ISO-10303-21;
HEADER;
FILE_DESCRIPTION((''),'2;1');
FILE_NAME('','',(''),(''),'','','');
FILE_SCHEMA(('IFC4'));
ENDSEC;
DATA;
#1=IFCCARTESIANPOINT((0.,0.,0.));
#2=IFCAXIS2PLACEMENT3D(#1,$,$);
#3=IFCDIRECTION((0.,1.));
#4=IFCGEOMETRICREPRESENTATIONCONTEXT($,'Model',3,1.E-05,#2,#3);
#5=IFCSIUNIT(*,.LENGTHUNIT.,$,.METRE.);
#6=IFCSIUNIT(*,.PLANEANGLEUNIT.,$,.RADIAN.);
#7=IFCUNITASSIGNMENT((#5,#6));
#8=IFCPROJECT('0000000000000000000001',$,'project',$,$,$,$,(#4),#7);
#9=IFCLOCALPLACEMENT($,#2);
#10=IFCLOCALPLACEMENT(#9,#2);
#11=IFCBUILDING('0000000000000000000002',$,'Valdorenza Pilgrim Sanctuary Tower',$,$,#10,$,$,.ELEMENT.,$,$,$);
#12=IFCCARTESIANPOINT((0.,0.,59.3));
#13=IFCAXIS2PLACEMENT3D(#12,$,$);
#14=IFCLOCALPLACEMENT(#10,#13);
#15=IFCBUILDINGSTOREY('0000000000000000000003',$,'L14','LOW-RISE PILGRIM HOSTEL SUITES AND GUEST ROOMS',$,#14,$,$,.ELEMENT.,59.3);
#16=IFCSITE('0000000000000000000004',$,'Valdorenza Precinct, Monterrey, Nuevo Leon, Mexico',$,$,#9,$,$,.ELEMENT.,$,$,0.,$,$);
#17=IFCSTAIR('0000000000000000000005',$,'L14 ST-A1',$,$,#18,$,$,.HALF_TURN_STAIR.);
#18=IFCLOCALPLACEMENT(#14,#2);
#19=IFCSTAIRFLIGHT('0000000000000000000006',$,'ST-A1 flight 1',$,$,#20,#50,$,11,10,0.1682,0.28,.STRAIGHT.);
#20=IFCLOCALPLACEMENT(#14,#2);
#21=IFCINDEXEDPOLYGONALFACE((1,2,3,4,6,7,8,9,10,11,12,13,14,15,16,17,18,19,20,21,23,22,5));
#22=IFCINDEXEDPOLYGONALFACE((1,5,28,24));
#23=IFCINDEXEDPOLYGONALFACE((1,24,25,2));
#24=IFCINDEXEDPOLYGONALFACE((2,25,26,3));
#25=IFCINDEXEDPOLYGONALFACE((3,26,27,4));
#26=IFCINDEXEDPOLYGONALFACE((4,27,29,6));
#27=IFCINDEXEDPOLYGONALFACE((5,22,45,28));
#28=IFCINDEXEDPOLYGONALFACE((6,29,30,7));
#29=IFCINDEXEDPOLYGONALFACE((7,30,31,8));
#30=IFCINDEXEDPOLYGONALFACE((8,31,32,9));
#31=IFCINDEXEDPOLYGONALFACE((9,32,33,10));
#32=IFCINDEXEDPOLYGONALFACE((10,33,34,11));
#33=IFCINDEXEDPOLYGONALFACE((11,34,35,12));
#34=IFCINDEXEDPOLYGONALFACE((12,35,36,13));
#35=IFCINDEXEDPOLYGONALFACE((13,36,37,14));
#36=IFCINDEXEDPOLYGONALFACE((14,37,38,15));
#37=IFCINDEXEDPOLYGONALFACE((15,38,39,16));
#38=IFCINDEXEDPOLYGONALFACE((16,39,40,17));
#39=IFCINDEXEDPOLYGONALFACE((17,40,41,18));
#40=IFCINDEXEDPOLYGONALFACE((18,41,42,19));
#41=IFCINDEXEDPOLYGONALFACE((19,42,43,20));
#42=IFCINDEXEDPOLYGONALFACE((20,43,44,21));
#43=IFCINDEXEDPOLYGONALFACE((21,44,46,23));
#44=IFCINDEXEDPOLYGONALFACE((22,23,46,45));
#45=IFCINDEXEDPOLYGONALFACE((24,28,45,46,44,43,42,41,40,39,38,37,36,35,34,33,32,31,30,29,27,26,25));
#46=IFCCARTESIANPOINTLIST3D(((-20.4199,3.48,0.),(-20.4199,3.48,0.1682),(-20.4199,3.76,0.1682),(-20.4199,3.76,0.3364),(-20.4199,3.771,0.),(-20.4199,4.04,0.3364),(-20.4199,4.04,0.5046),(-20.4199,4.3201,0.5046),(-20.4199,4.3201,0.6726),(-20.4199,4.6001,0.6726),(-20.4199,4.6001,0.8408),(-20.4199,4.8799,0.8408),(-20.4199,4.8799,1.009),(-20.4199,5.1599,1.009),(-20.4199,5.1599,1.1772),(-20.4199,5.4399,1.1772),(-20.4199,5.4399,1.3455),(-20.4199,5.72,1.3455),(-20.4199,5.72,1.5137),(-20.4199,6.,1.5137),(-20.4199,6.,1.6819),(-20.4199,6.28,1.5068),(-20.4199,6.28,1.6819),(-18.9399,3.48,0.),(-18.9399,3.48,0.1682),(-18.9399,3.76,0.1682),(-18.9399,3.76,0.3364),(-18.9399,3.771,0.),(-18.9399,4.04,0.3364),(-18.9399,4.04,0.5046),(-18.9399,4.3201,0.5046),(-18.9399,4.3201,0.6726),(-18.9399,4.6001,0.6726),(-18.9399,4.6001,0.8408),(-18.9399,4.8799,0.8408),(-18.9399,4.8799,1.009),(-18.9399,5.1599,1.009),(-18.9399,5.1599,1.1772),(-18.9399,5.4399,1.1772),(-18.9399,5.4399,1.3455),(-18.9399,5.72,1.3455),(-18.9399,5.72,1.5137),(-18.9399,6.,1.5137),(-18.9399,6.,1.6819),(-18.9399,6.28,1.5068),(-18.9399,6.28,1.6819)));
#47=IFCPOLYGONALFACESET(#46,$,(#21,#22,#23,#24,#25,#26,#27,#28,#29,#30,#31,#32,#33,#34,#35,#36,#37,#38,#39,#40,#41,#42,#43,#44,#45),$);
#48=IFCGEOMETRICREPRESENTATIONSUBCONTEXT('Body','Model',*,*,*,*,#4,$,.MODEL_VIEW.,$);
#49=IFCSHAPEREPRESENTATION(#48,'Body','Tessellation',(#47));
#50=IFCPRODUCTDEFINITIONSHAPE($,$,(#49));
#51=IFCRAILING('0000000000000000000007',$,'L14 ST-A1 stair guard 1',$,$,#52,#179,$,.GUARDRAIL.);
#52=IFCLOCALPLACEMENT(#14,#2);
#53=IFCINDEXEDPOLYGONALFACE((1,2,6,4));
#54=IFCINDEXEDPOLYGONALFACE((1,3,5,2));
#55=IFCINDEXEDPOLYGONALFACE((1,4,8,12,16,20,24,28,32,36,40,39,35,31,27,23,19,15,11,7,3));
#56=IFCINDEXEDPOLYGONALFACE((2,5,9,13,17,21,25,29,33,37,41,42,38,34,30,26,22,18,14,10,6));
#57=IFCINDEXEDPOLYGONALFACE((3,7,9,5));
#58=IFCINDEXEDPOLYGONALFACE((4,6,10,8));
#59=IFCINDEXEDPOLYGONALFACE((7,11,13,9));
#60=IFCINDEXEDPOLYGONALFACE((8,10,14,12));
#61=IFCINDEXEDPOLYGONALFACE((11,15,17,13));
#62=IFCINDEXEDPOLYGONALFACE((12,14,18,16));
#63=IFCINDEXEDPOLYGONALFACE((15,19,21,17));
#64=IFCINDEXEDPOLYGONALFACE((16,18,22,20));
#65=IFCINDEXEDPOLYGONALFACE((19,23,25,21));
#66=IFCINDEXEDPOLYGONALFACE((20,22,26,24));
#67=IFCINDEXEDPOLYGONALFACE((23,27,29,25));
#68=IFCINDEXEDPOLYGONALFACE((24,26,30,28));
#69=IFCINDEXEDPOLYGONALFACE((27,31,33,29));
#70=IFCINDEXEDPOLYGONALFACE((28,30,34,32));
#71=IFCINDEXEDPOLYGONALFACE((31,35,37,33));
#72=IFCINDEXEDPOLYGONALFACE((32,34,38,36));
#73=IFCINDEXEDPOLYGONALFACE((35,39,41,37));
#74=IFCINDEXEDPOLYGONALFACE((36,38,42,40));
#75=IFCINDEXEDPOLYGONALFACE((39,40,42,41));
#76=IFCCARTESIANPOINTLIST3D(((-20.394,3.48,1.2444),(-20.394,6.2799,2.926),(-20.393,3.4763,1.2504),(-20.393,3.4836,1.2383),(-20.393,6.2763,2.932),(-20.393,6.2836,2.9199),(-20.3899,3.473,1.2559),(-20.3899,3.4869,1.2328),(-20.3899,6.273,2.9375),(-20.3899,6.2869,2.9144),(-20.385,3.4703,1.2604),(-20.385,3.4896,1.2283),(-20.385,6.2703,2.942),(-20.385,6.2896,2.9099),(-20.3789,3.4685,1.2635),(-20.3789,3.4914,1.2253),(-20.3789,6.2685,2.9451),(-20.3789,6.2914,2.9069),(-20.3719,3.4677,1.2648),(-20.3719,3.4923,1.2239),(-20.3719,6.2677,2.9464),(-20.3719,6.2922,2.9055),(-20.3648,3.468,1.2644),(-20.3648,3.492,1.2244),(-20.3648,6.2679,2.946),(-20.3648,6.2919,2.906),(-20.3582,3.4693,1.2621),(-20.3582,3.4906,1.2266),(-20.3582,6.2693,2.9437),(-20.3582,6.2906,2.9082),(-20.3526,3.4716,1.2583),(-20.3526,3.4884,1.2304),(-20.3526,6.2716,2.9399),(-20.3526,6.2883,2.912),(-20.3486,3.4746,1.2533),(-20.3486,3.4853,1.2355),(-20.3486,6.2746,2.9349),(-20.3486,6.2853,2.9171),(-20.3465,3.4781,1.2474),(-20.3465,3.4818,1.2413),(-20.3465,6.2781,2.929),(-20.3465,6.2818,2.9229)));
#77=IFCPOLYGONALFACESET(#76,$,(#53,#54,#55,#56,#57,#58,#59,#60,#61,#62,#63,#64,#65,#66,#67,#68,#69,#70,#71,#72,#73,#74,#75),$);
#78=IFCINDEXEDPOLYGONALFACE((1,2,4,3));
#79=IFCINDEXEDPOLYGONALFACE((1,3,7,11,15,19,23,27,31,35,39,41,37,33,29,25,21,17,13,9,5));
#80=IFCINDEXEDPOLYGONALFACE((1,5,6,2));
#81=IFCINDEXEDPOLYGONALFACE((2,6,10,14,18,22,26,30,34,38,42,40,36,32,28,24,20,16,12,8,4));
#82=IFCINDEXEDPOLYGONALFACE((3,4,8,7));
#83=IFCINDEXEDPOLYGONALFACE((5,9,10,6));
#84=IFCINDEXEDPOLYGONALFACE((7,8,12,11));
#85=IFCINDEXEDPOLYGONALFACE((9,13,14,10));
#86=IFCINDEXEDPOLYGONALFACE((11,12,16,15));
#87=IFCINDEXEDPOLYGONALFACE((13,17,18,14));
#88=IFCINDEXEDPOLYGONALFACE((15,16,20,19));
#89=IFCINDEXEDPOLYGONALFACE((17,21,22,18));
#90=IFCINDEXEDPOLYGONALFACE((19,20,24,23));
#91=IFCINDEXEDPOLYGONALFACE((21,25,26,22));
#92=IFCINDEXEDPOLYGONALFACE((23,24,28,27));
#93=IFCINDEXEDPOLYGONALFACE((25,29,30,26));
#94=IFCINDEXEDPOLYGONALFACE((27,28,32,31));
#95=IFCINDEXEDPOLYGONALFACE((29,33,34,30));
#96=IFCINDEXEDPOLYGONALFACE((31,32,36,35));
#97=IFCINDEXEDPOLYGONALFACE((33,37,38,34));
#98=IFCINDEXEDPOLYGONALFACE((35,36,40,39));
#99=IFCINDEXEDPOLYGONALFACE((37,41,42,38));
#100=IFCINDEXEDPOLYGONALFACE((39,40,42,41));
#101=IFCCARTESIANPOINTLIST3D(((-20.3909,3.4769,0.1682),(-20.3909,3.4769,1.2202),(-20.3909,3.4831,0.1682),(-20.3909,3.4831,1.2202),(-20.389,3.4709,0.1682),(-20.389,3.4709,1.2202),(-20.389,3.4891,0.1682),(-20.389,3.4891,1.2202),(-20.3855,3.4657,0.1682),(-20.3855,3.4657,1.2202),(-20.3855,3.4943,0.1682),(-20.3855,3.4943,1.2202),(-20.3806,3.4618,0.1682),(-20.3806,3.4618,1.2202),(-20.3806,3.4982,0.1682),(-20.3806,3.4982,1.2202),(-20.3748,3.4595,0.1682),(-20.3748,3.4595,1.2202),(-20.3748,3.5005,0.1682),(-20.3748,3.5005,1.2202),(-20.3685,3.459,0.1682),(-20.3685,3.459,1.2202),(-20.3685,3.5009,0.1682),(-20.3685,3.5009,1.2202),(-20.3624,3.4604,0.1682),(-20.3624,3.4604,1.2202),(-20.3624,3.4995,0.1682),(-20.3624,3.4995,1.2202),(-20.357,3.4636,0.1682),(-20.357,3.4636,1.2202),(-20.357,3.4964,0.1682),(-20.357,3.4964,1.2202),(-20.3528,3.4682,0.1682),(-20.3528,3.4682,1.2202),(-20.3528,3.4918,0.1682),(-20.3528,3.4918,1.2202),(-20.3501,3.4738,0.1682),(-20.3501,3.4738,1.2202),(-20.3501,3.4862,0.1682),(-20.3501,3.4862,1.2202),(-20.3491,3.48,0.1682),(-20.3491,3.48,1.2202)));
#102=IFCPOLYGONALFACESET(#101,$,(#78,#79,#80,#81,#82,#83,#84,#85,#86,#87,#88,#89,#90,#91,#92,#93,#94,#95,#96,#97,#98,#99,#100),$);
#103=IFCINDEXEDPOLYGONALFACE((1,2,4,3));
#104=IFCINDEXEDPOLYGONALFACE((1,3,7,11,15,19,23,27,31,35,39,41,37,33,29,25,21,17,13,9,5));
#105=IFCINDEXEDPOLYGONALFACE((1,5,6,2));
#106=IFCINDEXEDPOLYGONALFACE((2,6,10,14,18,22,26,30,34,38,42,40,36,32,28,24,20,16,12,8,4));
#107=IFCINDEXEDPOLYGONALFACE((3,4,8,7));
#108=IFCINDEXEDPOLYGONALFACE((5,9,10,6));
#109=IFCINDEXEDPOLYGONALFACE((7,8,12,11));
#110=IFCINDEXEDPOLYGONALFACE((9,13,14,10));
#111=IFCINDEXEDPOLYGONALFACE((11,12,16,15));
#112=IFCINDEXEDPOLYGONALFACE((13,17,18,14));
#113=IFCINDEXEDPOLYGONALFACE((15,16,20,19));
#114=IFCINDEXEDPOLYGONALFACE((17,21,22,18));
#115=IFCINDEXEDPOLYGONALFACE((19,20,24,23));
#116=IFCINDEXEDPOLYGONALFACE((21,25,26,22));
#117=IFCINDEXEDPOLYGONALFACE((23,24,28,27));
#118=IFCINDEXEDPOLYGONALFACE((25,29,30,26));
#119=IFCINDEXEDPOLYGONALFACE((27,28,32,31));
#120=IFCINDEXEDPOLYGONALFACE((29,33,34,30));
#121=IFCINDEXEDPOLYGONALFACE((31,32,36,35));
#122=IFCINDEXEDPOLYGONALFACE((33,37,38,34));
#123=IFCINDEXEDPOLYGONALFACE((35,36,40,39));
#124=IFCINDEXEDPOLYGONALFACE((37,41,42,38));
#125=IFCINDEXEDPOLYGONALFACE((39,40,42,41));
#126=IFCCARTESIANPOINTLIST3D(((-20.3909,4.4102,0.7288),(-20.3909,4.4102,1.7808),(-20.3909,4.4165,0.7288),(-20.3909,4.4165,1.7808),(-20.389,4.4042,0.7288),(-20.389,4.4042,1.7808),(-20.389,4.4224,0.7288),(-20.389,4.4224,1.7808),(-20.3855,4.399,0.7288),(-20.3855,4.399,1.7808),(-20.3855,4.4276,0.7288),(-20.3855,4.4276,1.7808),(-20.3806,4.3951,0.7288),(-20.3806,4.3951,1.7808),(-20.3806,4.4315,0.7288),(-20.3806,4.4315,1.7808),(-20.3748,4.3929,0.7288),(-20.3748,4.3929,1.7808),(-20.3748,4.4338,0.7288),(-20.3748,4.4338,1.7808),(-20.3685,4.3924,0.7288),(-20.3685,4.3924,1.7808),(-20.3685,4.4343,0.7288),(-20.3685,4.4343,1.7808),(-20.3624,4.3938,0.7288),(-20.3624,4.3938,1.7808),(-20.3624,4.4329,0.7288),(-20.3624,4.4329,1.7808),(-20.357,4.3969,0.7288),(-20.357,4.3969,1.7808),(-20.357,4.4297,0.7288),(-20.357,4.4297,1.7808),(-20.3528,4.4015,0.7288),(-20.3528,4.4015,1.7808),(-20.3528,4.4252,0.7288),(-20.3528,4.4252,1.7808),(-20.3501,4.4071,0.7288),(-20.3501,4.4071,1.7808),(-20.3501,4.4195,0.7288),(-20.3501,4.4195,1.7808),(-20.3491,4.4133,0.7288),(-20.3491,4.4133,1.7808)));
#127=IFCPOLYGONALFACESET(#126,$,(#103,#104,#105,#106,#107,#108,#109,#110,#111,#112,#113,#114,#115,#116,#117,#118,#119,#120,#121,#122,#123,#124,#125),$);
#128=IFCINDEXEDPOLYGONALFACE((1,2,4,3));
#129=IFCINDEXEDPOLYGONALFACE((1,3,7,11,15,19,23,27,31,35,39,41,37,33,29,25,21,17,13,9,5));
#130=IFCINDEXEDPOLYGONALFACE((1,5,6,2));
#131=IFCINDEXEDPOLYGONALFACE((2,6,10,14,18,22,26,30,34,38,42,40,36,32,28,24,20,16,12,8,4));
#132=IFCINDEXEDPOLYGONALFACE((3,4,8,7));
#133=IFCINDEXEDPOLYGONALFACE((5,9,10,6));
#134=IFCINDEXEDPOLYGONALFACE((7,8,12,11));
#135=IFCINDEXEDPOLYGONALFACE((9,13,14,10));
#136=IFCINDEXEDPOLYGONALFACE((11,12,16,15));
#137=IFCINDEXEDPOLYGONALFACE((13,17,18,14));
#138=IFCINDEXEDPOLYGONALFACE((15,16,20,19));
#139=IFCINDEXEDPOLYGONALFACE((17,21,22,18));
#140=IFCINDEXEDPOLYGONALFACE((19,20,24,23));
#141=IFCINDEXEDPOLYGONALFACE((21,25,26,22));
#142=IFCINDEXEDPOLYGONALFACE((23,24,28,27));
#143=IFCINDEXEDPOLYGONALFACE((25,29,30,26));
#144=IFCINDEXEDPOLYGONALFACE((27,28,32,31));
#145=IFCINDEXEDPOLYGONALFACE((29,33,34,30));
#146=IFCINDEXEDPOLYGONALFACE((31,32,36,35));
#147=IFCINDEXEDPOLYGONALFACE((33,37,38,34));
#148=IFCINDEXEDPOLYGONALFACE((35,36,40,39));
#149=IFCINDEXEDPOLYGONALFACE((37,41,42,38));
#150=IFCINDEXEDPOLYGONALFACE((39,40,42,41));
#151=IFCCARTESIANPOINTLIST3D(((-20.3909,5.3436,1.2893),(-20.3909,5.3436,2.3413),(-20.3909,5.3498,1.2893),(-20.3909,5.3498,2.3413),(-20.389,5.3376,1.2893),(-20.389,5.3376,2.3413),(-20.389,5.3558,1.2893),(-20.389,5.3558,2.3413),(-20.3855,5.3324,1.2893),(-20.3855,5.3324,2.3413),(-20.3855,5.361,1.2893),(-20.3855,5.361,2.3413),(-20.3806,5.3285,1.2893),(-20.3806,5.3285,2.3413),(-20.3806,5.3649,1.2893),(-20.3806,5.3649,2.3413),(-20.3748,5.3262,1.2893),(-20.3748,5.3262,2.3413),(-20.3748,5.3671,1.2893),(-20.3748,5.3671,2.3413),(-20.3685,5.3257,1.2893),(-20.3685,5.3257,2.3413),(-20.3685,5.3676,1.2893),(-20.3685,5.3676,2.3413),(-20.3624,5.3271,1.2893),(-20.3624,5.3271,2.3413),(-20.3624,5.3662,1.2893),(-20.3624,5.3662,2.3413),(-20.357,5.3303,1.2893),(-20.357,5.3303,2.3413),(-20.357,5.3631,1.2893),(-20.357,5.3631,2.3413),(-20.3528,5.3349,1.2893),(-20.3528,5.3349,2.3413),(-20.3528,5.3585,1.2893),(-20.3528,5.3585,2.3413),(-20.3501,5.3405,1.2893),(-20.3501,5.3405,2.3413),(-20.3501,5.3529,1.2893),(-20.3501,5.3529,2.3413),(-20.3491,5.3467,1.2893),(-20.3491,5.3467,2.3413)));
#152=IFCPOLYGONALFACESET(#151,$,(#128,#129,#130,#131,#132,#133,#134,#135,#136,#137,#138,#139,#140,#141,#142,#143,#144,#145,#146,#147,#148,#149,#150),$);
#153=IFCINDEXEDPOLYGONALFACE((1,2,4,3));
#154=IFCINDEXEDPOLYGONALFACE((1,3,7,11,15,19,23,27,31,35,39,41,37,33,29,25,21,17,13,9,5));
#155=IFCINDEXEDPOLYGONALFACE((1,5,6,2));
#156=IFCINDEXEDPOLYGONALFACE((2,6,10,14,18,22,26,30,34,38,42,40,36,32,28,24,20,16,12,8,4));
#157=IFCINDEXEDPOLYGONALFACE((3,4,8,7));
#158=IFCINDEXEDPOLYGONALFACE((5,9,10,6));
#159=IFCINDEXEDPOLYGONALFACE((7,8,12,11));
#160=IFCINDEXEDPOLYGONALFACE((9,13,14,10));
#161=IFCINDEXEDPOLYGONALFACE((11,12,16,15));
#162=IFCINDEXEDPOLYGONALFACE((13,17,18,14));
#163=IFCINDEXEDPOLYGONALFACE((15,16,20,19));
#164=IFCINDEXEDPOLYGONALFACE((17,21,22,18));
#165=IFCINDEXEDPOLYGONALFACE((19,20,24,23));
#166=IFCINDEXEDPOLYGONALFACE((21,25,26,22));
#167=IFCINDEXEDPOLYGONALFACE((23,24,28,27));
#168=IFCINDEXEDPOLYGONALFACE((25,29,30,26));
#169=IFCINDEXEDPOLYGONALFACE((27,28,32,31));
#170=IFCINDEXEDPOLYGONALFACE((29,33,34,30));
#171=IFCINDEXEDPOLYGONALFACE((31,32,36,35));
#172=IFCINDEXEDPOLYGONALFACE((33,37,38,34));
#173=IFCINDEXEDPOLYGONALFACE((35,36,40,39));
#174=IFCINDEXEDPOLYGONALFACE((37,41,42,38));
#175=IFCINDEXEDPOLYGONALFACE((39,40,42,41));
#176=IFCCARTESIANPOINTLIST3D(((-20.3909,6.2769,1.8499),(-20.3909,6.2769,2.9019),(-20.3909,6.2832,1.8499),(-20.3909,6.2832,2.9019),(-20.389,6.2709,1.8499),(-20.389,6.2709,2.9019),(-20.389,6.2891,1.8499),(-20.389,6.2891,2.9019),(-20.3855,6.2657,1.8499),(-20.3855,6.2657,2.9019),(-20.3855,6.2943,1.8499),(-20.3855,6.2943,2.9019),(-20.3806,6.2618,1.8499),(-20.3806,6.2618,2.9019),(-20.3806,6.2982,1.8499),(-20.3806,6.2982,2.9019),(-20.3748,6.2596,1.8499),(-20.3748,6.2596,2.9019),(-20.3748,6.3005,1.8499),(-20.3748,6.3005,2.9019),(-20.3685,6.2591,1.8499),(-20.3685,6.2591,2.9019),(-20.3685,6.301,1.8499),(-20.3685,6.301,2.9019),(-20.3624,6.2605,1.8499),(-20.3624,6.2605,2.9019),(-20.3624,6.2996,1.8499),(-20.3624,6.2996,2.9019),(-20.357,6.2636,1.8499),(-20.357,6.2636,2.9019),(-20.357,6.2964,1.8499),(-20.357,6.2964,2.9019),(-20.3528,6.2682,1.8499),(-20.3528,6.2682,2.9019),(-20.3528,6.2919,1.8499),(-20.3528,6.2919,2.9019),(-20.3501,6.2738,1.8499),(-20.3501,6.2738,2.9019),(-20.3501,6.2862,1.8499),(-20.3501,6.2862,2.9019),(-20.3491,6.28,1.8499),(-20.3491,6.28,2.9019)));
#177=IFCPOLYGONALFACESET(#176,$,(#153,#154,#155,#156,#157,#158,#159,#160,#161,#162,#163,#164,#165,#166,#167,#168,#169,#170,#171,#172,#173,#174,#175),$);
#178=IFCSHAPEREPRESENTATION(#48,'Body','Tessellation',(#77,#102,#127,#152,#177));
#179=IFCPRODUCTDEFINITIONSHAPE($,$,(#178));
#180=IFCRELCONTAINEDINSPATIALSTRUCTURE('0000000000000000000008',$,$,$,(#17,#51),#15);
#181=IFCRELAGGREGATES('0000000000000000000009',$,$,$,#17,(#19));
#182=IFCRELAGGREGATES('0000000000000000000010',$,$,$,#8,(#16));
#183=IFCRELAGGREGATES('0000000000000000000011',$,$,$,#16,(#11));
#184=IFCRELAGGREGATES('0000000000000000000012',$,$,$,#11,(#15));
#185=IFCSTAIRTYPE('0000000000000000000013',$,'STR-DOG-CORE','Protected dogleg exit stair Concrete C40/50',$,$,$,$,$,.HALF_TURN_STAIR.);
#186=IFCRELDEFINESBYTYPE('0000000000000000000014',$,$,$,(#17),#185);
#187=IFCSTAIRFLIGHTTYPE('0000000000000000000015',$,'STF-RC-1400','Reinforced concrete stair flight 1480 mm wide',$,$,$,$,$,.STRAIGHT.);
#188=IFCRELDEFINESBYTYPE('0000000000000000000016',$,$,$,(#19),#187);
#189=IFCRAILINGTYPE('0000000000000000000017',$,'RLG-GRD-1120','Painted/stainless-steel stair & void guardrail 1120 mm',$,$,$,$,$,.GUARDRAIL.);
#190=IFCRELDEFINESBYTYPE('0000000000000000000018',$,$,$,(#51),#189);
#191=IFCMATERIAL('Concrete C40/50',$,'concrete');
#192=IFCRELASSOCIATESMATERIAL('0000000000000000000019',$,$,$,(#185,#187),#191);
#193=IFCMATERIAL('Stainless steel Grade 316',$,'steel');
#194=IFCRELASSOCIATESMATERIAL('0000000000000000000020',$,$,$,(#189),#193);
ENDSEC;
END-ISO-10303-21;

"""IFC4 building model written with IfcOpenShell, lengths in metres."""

from ifc_helpers import new_model, si_unit, direction, frame, origin, origin_2d, place, context, subcontext, project, spatial, polyline, circle, outline, extrude, material, type_object, element, aggregate, save


model = new_model("IFC4")

# Units and contexts
model_context = context("Model", 3, precision=1e-05, world=origin(), true_north=direction((0.0, 1.0)))
body_context = subcontext(model_context, "Body", "Model", "MODEL_VIEW")
ifc_project = project(units=[si_unit("LENGTHUNIT", "METRE"), si_unit("PLANEANGLEUNIT", "RADIAN")], contexts=[model_context])

# Site, building, storey
site_placement = place(None, origin())
site = spatial("IfcSite", under=ifc_project, at=site_placement, Name="Valdorenza Precinct, Monterrey, Nuevo Leon, Mexico", CompositionType="ELEMENT", RefElevation=0.0)
building_placement = place(site_placement, origin())
building = spatial("IfcBuilding", under=site, at=building_placement, Name="Valdorenza Pilgrim Sanctuary Tower", CompositionType="ELEMENT")
storey_placement = place(building_placement, frame((0.0, 0.0, 59.3)))
storey = spatial("IfcBuildingStorey", under=building, at=storey_placement, Name="L14", Description="LOW-RISE PILGRIM HOSTEL SUITES AND GUEST ROOMS", CompositionType="ELEMENT", Elevation=59.3)

# Shared definitions
ifc_material_1 = material(Name="Concrete C40/50", Category="concrete")

# Stair, stair flight
stair_type = type_object("IfcStairType", Name="STR-DOG-CORE", Description="Protected dogleg exit stair Concrete C40/50", PredefinedType="HALF_TURN_STAIR", material=ifc_material_1)
stair_placement = place(storey_placement, origin())
stair = element("IfcStair", 1, at=stair_placement, inside=storey, type_object=stair_type, Name="L14 ST-A1", PredefinedType="HALF_TURN_STAIR")
stair_flight_type = type_object("IfcStairFlightType", Name="STF-RC-1400", Description="Reinforced concrete stair flight 1480 mm wide", PredefinedType="STRAIGHT", material=ifc_material_1)
stair_flight_placement = place(storey_placement, frame((-19.6799, 3.48, 0.0), z_axis=(0.0, 0.0, 1.0), x_axis=(0.0, 1.0, 0.0)))
stair_flight = element("IfcStairFlight", 2, at=stair_flight_placement, type_object=stair_flight_type, Name="ST-A1 flight 1", NumberOfRisers=11, NumberOfTreads=10, PredefinedType="STRAIGHT", RiserHeight=0.1682, TreadLength=0.28, context=body_context, shape_type="SweptSolid", body=[
    extrude(outline(polyline([(0.0, 0.0), (0.0, 0.1682), (0.28, 0.1682), (0.28, 0.3364), (0.5601, 0.3364), (0.5601, 0.5046), (0.8401, 0.5046), (0.8401, 0.6726), (1.1201, 0.6726), (1.1201, 0.8408), (1.3999, 0.8408), (1.3999, 1.009), (1.6799, 1.009), (1.6799, 1.1772), (1.96, 1.1772), (1.96, 1.3455), (2.24, 1.3455), (2.24, 1.5137), (2.52, 1.5137), (2.52, 1.6819), (2.8, 1.6819), (2.8, 1.8501), (2.8, 1.5068), (0.291, 0.0), (0.0, 0.0)])), frame((0.0, 0.74, 0.0), z_axis=(0.0, -1.0, 0.0), x_axis=(1.0, 0.0, 0.0)), (0.0, 0.0, 1.0), 1.48),
])
aggregate(stair, [stair_flight])

# Railing
ifc_material_2 = material(Name="Stainless steel Grade 316", Category="steel")
railing_type_1 = type_object("IfcRailingType", Name="RLG-GRD-1120", Description="Painted/stainless-steel stair & void guardrail 1120 mm", PredefinedType="GUARDRAIL", material=ifc_material_2)
railing_1_placement = place(storey_placement, frame((-20.3701, 3.48, 0.1682)))
element("IfcRailing", 3, at=railing_1_placement, inside=storey, type_object=railing_type_1, Name="L14 ST-A1 stair guard 1", PredefinedType="GUARDRAIL", context=body_context, shape_type="SweptSolid", body=[
    extrude(circle(Radius=0.0239, at=origin_2d()), frame((0.0, 0.0, 1.0762), z_axis=(0.0, 0.857275, 0.514858), x_axis=(-1.0, 0.0, 0.0)), (0.0, 0.0, 1.0), 3.2661),
    extrude(circle(Radius=0.021, at=origin_2d()), origin(), (0.0, 0.0, 1.0), 1.052),
    extrude(circle(Radius=0.021, at=origin_2d()), frame((0.0, 0.9333, 0.5605)), (0.0, 0.0, 1.0), 1.052),
    extrude(circle(Radius=0.021, at=origin_2d()), frame((0.0, 1.8667, 1.1211)), (0.0, 0.0, 1.0), 1.052),
    extrude(circle(Radius=0.021, at=origin_2d()), frame((0.0, 2.8, 1.6816)), (0.0, 0.0, 1.0), 1.052),
])

save(model, "model.ifc")
